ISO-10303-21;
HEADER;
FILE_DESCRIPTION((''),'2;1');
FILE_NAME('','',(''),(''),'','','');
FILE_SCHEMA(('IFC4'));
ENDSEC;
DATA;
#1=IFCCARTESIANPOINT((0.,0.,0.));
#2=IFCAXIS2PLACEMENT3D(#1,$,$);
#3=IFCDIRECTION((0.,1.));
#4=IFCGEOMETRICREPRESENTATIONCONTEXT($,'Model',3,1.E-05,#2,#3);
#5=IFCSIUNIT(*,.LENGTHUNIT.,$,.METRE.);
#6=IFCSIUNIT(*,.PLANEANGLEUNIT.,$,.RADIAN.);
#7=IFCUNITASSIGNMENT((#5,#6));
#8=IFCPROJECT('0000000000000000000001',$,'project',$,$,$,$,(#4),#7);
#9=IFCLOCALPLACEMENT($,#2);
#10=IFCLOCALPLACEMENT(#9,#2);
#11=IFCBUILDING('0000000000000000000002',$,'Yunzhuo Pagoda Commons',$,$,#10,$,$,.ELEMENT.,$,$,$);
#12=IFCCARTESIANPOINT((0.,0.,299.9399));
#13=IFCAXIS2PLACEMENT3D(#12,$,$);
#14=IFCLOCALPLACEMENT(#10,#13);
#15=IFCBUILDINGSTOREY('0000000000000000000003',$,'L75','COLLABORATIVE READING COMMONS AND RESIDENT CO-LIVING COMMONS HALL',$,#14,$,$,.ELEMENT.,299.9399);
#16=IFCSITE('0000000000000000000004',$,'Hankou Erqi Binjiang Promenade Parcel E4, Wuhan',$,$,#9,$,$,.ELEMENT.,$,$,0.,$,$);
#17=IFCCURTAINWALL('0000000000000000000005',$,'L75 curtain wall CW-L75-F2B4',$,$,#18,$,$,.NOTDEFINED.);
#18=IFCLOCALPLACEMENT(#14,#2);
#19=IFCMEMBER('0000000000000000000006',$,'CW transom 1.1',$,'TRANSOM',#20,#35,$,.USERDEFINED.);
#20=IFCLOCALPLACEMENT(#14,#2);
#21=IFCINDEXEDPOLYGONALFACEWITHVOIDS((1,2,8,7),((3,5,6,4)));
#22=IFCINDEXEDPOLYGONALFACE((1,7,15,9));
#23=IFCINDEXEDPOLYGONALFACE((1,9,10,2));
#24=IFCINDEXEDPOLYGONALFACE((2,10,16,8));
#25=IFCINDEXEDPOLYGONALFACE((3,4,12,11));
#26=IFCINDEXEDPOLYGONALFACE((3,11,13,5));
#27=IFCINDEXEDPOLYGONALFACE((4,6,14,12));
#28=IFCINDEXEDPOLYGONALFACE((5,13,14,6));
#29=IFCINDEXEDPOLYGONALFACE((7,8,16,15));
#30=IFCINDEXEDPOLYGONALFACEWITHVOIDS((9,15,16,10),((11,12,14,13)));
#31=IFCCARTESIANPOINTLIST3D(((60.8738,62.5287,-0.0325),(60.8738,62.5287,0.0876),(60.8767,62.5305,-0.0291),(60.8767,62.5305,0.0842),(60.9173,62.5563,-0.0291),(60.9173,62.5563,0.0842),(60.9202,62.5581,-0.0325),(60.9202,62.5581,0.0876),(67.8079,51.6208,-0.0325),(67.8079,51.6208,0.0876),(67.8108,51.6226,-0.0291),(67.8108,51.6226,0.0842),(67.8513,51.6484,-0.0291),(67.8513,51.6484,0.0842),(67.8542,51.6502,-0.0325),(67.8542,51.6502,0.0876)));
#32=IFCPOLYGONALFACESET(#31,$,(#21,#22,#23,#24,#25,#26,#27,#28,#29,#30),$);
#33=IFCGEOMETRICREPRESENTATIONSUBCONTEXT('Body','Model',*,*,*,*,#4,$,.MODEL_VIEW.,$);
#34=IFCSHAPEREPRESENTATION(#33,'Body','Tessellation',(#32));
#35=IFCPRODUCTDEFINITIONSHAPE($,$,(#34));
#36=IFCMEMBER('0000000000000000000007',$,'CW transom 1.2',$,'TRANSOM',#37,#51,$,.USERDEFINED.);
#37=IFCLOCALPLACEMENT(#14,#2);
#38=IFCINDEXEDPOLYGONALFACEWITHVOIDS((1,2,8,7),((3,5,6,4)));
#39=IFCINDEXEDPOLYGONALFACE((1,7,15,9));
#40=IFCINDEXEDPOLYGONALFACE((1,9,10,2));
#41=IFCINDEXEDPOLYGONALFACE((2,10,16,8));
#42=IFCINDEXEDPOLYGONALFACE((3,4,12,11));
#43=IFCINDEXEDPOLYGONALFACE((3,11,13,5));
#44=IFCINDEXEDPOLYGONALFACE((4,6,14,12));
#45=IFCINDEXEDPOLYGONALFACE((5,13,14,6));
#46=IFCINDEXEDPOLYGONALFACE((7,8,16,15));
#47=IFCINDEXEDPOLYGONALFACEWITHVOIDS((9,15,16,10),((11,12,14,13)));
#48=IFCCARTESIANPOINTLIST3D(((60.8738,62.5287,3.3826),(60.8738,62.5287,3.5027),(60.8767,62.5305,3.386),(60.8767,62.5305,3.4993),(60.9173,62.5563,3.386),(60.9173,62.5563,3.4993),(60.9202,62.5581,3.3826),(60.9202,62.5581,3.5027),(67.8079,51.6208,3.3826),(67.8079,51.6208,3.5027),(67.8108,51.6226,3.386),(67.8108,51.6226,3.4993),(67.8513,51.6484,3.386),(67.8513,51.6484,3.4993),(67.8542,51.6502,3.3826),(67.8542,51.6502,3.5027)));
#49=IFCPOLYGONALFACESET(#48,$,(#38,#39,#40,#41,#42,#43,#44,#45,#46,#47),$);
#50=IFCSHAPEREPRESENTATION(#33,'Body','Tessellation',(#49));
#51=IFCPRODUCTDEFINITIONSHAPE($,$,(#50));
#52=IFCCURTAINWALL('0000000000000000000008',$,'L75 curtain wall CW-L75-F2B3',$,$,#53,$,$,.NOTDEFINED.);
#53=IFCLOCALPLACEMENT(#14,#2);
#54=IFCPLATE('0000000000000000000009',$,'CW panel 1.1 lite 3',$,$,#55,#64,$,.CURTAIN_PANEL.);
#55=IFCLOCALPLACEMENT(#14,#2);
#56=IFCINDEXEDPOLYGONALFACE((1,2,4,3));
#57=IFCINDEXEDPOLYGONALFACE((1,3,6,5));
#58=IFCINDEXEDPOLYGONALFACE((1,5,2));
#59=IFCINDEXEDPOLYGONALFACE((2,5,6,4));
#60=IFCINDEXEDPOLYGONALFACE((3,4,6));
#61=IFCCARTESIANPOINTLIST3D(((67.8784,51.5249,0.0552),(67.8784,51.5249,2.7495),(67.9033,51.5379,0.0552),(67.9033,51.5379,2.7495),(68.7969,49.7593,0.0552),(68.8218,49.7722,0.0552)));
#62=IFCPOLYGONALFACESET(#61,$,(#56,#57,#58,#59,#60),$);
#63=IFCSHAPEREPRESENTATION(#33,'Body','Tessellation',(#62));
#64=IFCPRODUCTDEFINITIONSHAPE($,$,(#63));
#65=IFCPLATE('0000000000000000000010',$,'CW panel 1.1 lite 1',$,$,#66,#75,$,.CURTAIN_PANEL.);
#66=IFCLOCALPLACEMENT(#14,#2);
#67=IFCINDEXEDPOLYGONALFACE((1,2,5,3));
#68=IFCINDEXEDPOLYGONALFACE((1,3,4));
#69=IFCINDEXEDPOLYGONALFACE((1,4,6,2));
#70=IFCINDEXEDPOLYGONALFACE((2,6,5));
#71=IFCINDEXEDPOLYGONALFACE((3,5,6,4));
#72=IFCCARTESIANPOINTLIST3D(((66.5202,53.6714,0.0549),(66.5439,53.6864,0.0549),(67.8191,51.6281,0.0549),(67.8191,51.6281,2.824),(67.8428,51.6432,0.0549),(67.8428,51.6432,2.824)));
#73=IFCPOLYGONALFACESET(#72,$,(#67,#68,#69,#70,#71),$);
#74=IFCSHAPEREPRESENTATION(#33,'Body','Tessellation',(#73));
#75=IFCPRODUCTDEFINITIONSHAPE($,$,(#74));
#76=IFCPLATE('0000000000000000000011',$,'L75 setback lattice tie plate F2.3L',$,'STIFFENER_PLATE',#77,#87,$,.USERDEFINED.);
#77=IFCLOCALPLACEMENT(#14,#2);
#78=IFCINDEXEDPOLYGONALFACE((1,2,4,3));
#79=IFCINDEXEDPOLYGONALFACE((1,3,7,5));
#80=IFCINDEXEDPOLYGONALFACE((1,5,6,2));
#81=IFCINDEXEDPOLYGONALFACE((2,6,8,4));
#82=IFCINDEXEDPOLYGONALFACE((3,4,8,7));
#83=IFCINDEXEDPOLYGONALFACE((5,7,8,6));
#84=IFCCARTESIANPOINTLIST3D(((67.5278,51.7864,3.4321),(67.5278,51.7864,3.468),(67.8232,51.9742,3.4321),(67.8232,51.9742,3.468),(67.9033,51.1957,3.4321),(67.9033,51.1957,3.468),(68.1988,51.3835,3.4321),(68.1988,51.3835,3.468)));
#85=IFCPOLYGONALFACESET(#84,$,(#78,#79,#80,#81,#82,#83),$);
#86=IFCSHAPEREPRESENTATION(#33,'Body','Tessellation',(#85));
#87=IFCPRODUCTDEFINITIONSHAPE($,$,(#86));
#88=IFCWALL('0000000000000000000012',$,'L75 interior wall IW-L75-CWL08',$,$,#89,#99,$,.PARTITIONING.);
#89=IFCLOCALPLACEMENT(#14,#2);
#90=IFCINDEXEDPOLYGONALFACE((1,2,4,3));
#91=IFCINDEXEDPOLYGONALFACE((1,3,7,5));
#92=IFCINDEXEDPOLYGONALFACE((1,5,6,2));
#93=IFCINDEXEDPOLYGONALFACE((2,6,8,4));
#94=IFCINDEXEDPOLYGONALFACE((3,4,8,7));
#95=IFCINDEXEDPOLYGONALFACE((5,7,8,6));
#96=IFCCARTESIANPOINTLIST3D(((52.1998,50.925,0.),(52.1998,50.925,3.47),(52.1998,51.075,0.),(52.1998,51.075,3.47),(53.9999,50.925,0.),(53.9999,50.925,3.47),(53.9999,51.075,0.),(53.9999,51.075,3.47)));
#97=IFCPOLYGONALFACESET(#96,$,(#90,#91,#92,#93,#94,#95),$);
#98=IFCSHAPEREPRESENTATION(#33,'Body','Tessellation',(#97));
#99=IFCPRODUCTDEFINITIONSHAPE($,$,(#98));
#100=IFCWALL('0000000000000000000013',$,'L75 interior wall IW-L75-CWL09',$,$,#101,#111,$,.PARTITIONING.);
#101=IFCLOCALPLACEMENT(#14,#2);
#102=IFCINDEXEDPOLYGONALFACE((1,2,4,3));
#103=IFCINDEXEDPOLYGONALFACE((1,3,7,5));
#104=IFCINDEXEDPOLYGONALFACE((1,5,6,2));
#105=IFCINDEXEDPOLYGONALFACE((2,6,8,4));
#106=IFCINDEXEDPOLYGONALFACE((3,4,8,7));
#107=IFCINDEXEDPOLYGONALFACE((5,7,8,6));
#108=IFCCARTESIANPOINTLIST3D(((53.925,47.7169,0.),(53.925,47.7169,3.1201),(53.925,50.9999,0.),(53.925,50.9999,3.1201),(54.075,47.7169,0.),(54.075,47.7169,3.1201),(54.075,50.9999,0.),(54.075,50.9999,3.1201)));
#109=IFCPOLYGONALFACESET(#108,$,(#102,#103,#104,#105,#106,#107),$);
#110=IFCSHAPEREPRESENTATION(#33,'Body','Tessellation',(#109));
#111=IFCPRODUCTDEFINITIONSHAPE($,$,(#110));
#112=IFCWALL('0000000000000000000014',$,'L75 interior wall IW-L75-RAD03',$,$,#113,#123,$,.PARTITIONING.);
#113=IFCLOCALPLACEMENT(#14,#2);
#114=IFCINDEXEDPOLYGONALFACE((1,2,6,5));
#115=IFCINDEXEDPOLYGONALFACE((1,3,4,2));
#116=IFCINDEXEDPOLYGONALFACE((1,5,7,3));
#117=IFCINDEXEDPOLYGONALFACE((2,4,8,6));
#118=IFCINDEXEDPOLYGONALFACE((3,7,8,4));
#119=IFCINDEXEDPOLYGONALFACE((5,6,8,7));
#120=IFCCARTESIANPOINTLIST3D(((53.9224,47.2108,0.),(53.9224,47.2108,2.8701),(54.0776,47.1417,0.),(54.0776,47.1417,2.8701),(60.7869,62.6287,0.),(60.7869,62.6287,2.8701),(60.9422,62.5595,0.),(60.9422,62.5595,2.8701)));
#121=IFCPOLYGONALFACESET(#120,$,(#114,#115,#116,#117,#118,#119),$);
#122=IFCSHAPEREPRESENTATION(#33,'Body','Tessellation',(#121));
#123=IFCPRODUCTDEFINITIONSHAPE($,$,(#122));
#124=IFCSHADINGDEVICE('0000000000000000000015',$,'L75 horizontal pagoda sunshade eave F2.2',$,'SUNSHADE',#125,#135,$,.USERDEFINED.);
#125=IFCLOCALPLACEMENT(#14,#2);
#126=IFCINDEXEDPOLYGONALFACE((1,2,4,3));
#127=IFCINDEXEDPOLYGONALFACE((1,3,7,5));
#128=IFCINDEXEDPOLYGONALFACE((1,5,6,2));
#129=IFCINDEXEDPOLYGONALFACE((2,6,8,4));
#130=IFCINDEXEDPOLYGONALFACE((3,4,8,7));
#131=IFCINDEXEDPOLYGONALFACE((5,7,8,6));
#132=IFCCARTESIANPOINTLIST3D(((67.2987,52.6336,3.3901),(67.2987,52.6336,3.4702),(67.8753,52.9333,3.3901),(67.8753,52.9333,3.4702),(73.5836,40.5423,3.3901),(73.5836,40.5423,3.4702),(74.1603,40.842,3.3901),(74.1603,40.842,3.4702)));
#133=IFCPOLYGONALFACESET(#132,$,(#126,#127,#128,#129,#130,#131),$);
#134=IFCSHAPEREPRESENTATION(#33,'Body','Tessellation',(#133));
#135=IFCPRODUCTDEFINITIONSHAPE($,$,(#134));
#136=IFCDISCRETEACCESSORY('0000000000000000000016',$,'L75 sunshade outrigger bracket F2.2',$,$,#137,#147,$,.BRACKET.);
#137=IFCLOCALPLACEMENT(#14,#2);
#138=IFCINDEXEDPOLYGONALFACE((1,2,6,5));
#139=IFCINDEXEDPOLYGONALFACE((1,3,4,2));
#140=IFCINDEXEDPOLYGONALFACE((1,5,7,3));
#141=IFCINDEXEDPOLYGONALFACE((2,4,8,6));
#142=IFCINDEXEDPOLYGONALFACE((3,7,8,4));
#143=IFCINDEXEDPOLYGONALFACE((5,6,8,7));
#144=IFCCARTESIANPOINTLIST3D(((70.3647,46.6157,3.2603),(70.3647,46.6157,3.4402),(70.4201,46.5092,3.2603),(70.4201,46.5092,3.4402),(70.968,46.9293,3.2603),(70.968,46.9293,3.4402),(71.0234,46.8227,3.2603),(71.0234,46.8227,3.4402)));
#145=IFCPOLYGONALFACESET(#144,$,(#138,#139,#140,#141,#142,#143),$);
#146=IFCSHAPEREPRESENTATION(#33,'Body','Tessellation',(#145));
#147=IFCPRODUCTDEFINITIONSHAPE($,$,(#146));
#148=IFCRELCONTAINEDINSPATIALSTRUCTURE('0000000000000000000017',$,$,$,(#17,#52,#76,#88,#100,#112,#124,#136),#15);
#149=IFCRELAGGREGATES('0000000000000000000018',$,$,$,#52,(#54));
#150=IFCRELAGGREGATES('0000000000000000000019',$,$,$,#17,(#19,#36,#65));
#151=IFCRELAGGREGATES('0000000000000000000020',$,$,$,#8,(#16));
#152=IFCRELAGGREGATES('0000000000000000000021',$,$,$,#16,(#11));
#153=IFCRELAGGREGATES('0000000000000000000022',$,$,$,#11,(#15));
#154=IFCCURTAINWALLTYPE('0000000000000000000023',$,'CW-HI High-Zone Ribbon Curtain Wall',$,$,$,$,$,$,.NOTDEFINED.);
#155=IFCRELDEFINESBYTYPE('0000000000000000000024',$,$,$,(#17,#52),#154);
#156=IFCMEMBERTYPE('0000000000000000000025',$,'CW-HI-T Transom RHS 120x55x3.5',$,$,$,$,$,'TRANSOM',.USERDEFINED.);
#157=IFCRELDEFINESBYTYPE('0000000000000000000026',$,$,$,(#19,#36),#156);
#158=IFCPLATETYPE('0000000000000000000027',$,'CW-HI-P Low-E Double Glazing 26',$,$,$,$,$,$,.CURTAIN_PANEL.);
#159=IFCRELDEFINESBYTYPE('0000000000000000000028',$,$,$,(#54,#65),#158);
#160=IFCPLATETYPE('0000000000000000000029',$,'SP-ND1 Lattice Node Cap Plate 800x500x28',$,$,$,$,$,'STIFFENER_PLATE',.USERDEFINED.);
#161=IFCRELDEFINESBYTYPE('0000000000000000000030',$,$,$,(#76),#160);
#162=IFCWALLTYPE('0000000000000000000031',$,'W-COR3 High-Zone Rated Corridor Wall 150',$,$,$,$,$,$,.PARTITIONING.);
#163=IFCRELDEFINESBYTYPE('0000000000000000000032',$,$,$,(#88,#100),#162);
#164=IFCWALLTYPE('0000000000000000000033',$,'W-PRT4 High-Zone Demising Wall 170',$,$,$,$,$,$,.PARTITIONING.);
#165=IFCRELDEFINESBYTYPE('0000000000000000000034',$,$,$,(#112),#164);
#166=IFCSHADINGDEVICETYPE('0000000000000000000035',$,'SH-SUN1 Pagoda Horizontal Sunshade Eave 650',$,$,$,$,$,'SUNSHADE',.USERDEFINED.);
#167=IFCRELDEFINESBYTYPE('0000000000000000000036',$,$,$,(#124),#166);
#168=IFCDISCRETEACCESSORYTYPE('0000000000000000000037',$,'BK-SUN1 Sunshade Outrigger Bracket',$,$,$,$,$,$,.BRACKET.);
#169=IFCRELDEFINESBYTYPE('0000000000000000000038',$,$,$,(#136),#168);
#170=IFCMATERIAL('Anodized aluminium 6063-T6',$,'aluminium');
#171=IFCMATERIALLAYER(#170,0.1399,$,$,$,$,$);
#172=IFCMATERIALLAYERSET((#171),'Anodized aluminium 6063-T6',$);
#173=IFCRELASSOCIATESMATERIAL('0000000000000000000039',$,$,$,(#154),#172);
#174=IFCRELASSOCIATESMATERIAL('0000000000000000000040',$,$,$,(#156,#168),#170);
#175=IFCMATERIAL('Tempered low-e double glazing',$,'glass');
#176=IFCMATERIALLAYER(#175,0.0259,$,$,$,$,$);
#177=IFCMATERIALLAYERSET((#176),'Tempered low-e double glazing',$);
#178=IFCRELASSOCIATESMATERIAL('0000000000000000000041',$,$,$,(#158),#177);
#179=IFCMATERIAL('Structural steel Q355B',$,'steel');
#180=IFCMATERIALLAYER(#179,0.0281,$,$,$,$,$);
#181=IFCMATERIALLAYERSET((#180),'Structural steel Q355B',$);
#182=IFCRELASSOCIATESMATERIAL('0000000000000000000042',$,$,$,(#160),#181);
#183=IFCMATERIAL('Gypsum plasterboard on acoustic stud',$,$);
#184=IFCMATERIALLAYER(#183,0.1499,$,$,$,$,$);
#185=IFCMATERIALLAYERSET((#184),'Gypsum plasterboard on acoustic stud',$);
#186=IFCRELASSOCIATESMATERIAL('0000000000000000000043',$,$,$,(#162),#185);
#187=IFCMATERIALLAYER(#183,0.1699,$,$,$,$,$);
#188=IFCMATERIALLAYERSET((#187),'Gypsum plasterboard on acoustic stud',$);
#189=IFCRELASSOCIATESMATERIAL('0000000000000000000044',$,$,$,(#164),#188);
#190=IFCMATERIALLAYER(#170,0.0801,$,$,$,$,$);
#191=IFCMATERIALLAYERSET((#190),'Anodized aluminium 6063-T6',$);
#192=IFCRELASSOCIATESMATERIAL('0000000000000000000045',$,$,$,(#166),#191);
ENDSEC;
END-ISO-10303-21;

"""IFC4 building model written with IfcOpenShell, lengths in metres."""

from ifc_helpers import new_model, si_unit, direction, frame, frame_2d, origin, origin_2d, place, context, subcontext, project, spatial, polyline, rectangle, hollow_rectangle, outline, extrude, source, transform, mapped, material, layer, layer_set, material_profile, profile_set, type_object, element, aggregate, save


model = new_model("IFC4")

# Units and contexts
model_context = context("Model", 3, precision=1e-05, world=origin(), true_north=direction((0.0, 1.0)))
body_context = subcontext(model_context, "Body", "Model", "MODEL_VIEW")
ifc_project = project(units=[si_unit("LENGTHUNIT", "METRE"), si_unit("PLANEANGLEUNIT", "RADIAN")], contexts=[model_context])

# Site, building, storey
site_placement = place(None, origin())
site = spatial("IfcSite", under=ifc_project, at=site_placement, Name="Hankou Erqi Binjiang Promenade Parcel E4, Wuhan", CompositionType="ELEMENT", RefElevation=0.0)
building_placement = place(site_placement, origin())
building = spatial("IfcBuilding", under=site, at=building_placement, Name="Yunzhuo Pagoda Commons", CompositionType="ELEMENT")
storey_placement = place(building_placement, frame((0.0, 0.0, 299.9399)))
storey = spatial("IfcBuildingStorey", under=building, at=storey_placement, Name="L75", Description="COLLABORATIVE READING COMMONS AND RESIDENT CO-LIVING COMMONS HALL", CompositionType="ELEMENT", Elevation=299.9399)

# Shared definitions
ifc_material_1 = material(Name="Structural steel Q355B", Category="steel")

# Curtain wall, members
ifc_material_2 = material(Name="Anodized aluminium 6063-T6", Category="aluminium")
ifc_layer_1 = layer(ifc_material_2, 0.1399)
ifc_layer_set_1 = layer_set([ifc_layer_1], Name="Anodized aluminium 6063-T6")
curtain_wall_type = type_object("IfcCurtainWallType", Name="CW-HI High-Zone Ribbon Curtain Wall", PredefinedType="NOTDEFINED", material=ifc_layer_set_1)
curtain_wall_1_placement = place(storey_placement, origin())
curtain_wall_1 = element("IfcCurtainWall", 1, at=curtain_wall_1_placement, inside=storey, type_object=curtain_wall_type, Name="L75 curtain wall CW-L75-F2B4", PredefinedType="NOTDEFINED")
ifc_material_profile_1 = material_profile(ifc_material_2, hollow_rectangle(XDim=0.0549, YDim=0.1201, WallThickness=0.0034, at=origin_2d()), Name="Anodized aluminium 6063-T6")
ifc_profile_set_1 = profile_set([ifc_material_profile_1], Name="Anodized aluminium 6063-T6")
member_type_1 = type_object("IfcMemberType", Name="CW-HI-T Transom RHS 120x55x3.5", ElementType="TRANSOM", PredefinedType="USERDEFINED", material=ifc_profile_set_1)
shared_shape_1 = source(origin(), body_context, "Body", "SweptSolid", [
    extrude(hollow_rectangle(XDim=0.0549, YDim=0.1201, WallThickness=0.0034, at=origin_2d()), origin(), (0.0, 0.0, 1.0), 12.9253),
])
member_1_placement = place(storey_placement, frame((67.8311, 51.6355, 0.0276), z_axis=(-0.536471, 0.843919, 0.0), x_axis=(-0.843919, -0.536471, 0.0)))
member_1 = element("IfcMember", 2, at=member_1_placement, type_object=member_type_1, Name="CW transom 1.1", ObjectType="TRANSOM", PredefinedType="USERDEFINED", context=body_context, shape_type="MappedRepresentation", body=[
    mapped(shared_shape_1, transform((0.0, 0.0, 0.0), scale=1.0)),
])
member_2_placement = place(storey_placement, frame((67.8311, 51.6355, 3.4426), z_axis=(-0.536471, 0.843919, 0.0), x_axis=(-0.843919, -0.536471, 0.0)))
member_2 = element("IfcMember", 3, at=member_2_placement, type_object=member_type_1, Name="CW transom 1.2", ObjectType="TRANSOM", PredefinedType="USERDEFINED", context=body_context, shape_type="MappedRepresentation", body=[
    mapped(shared_shape_1, transform((0.0, 0.0, 0.0), scale=1.0)),
])

# Curtain wall, plate
curtain_wall_2_placement = place(storey_placement, origin())
curtain_wall_2 = element("IfcCurtainWall", 4, at=curtain_wall_2_placement, inside=storey, type_object=curtain_wall_type, Name="L75 curtain wall CW-L75-F2B3", PredefinedType="NOTDEFINED")
ifc_material_3 = material(Name="Tempered low-e double glazing", Category="glass")
ifc_layer_2 = layer(ifc_material_3, 0.0259)
ifc_layer_set_2 = layer_set([ifc_layer_2], Name="Tempered low-e double glazing")
plate_type_1 = type_object("IfcPlateType", Name="CW-HI-P Low-E Double Glazing 26", PredefinedType="CURTAIN_PANEL", material=ifc_layer_set_2)
plate_1_placement = place(storey_placement, frame((68.3376, 50.6421, 1.4023), z_axis=(0.887137, 0.461505, 0.0), x_axis=(-0.461505, 0.887137, 0.0)))
plate_1 = element("IfcPlate", 5, at=plate_1_placement, type_object=plate_type_1, Name="CW panel 1.1 lite 3", PredefinedType="CURTAIN_PANEL", context=body_context, shape_type="SweptSolid", body=[
    extrude(outline(polyline([(-0.9951, -1.3472), (0.9951, -1.3472), (0.9951, 1.3472), (-0.9951, -1.3472)])), origin(), (0.0, 0.0, 1.0), 0.0281),
])
aggregate(curtain_wall_2, [plate_1])

# Plates
plate_2_placement = place(storey_placement, frame((67.1697, 52.6497, 1.4395), z_axis=(0.84391, 0.536485, 0.0), x_axis=(-0.536485, 0.84391, 0.0)))
plate_2 = element("IfcPlate", 6, at=plate_2_placement, type_object=plate_type_1, Name="CW panel 1.1 lite 1", PredefinedType="CURTAIN_PANEL", context=body_context, shape_type="SweptSolid", body=[
    extrude(outline(polyline([(-1.2104, -1.3845), (1.2107, -1.3845), (-1.2104, 1.3845), (-1.2104, -1.3845)])), origin(), (0.0, 0.0, 1.0), 0.0281),
])
aggregate(curtain_wall_1, [member_1, member_2, plate_2])
ifc_layer_3 = layer(ifc_material_1, 0.0281)
ifc_layer_set_3 = layer_set([ifc_layer_3], Name="Structural steel Q355B")
plate_type_2 = type_object("IfcPlateType", Name="SP-ND1 Lattice Node Cap Plate 800x500x28", ElementType="STIFFENER_PLATE", PredefinedType="USERDEFINED", material=ifc_layer_set_3)
shared_shape_2 = source(origin(), body_context, "Body", "SweptSolid", [
    extrude(rectangle(XDim=0.7, YDim=0.3501, at=origin_2d()), origin(), (0.0, 0.0, 1.0), 0.0359),
])
plate_3_placement = place(storey_placement, frame((67.8633, 51.585, 3.4321), z_axis=(0.0, 0.0, 1.0), x_axis=(-0.53649, 0.843907, 0.0)))
element("IfcPlate", 7, at=plate_3_placement, inside=storey, type_object=plate_type_2, Name="L75 setback lattice tie plate F2.3L", ObjectType="STIFFENER_PLATE", PredefinedType="USERDEFINED", context=body_context, shape_type="MappedRepresentation", body=[
    mapped(shared_shape_2, transform((0.0, 0.0, 0.0), scale=1.0)),
])

# Walls
ifc_material_4 = material(Name="Gypsum plasterboard on acoustic stud")
ifc_layer_4 = layer(ifc_material_4, 0.1499)
ifc_layer_set_4 = layer_set([ifc_layer_4], Name="Gypsum plasterboard on acoustic stud")
wall_type_1 = type_object("IfcWallType", Name="W-COR3 High-Zone Rated Corridor Wall 150", PredefinedType="PARTITIONING", material=ifc_layer_set_4)
wall_1_placement = place(storey_placement, frame((52.2, 51.0, 0.0), z_axis=(0.0, 0.0, 1.0), x_axis=(1.0, 0.0, 0.0)))
element("IfcWall", 8, at=wall_1_placement, inside=storey, type_object=wall_type_1, Name="L75 interior wall IW-L75-CWL08", PredefinedType="PARTITIONING", context=body_context, shape_type="SweptSolid", body=[
    extrude(rectangle(XDim=1.8, YDim=0.1499, at=frame_2d((0.8999, 0.0))), origin(), (0.0, 0.0, 1.0), 3.47),
])
wall_2_placement = place(storey_placement, frame((54.0, 51.0, 0.0), z_axis=(0.0, 0.0, 1.0), x_axis=(0.0, -1.0, 0.0)))
element("IfcWall", 9, at=wall_2_placement, inside=storey, type_object=wall_type_1, Name="L75 interior wall IW-L75-CWL09", PredefinedType="PARTITIONING", context=body_context, shape_type="SweptSolid", body=[
    extrude(rectangle(XDim=3.283, YDim=0.1499, at=frame_2d((1.6416, 0.0))), origin(), (0.0, 0.0, 1.0), 3.1201),
])

# Wall
ifc_layer_5 = layer(ifc_material_4, 0.1699)
ifc_layer_set_5 = layer_set([ifc_layer_5], Name="Gypsum plasterboard on acoustic stud")
wall_type_2 = type_object("IfcWallType", Name="W-PRT4 High-Zone Demising Wall 170", PredefinedType="PARTITIONING", material=ifc_layer_set_5)
wall_3_placement = place(storey_placement, frame((54.0, 47.1763, 0.0), z_axis=(0.0, 0.0, 1.0), x_axis=(0.406741, 0.913544, 0.0)))
element("IfcWall", 10, at=wall_3_placement, inside=storey, type_object=wall_type_2, Name="L75 interior wall IW-L75-RAD03", PredefinedType="PARTITIONING", context=body_context, shape_type="SweptSolid", body=[
    extrude(rectangle(XDim=16.877, YDim=0.1699, at=frame_2d((8.4385, 0.0))), origin(), (0.0, 0.0, 1.0), 2.8701),
])

# Shading device
ifc_layer_6 = layer(ifc_material_2, 0.0801)
ifc_layer_set_6 = layer_set([ifc_layer_6], Name="Anodized aluminium 6063-T6")
shading_device_type = type_object("IfcShadingDeviceType", Name="SH-SUN1 Pagoda Horizontal Sunshade Eave 650", ElementType="SUNSHADE", PredefinedType="USERDEFINED", material=ifc_layer_set_6)
shared_shape_3 = source(origin(), body_context, "Body", "SweptSolid", [
    extrude(rectangle(XDim=13.6272, YDim=0.6499, at=origin_2d()), origin(), (0.0, 0.0, 1.0), 0.0801),
])
shading_device_placement = place(storey_placement, frame((70.7295, 46.7378, 3.3901), z_axis=(0.0, 0.0, 1.0), x_axis=(-0.461207, 0.887293, 0.0)))
element("IfcShadingDevice", 11, at=shading_device_placement, inside=storey, type_object=shading_device_type, Name="L75 horizontal pagoda sunshade eave F2.2", ObjectType="SUNSHADE", PredefinedType="USERDEFINED", context=body_context, shape_type="MappedRepresentation", body=[
    mapped(shared_shape_3, transform((0.0, 0.0, 0.0), scale=1.0)),
])

# Discrete accessory
discrete_accessory_type = type_object("IfcDiscreteAccessoryType", Name="BK-SUN1 Sunshade Outrigger Bracket", PredefinedType="BRACKET", material=ifc_material_2)
shared_shape_4 = source(origin(), body_context, "Body", "SweptSolid", [
    extrude(rectangle(XDim=0.1201, YDim=0.6799, at=origin_2d()), origin(), (0.0, 0.0, 1.0), 0.1799),
])
discrete_accessory_placement = place(storey_placement, frame((70.6941, 46.7192, 3.2603), z_axis=(0.0, 0.0, 1.0), x_axis=(-0.461207, 0.887293, 0.0)))
element("IfcDiscreteAccessory", 12, at=discrete_accessory_placement, inside=storey, type_object=discrete_accessory_type, Name="L75 sunshade outrigger bracket F2.2", PredefinedType="BRACKET", context=body_context, shape_type="MappedRepresentation", body=[
    mapped(shared_shape_4, transform((0.0, 0.0, 0.0), scale=1.0)),
])

save(model, "model.ifc")
